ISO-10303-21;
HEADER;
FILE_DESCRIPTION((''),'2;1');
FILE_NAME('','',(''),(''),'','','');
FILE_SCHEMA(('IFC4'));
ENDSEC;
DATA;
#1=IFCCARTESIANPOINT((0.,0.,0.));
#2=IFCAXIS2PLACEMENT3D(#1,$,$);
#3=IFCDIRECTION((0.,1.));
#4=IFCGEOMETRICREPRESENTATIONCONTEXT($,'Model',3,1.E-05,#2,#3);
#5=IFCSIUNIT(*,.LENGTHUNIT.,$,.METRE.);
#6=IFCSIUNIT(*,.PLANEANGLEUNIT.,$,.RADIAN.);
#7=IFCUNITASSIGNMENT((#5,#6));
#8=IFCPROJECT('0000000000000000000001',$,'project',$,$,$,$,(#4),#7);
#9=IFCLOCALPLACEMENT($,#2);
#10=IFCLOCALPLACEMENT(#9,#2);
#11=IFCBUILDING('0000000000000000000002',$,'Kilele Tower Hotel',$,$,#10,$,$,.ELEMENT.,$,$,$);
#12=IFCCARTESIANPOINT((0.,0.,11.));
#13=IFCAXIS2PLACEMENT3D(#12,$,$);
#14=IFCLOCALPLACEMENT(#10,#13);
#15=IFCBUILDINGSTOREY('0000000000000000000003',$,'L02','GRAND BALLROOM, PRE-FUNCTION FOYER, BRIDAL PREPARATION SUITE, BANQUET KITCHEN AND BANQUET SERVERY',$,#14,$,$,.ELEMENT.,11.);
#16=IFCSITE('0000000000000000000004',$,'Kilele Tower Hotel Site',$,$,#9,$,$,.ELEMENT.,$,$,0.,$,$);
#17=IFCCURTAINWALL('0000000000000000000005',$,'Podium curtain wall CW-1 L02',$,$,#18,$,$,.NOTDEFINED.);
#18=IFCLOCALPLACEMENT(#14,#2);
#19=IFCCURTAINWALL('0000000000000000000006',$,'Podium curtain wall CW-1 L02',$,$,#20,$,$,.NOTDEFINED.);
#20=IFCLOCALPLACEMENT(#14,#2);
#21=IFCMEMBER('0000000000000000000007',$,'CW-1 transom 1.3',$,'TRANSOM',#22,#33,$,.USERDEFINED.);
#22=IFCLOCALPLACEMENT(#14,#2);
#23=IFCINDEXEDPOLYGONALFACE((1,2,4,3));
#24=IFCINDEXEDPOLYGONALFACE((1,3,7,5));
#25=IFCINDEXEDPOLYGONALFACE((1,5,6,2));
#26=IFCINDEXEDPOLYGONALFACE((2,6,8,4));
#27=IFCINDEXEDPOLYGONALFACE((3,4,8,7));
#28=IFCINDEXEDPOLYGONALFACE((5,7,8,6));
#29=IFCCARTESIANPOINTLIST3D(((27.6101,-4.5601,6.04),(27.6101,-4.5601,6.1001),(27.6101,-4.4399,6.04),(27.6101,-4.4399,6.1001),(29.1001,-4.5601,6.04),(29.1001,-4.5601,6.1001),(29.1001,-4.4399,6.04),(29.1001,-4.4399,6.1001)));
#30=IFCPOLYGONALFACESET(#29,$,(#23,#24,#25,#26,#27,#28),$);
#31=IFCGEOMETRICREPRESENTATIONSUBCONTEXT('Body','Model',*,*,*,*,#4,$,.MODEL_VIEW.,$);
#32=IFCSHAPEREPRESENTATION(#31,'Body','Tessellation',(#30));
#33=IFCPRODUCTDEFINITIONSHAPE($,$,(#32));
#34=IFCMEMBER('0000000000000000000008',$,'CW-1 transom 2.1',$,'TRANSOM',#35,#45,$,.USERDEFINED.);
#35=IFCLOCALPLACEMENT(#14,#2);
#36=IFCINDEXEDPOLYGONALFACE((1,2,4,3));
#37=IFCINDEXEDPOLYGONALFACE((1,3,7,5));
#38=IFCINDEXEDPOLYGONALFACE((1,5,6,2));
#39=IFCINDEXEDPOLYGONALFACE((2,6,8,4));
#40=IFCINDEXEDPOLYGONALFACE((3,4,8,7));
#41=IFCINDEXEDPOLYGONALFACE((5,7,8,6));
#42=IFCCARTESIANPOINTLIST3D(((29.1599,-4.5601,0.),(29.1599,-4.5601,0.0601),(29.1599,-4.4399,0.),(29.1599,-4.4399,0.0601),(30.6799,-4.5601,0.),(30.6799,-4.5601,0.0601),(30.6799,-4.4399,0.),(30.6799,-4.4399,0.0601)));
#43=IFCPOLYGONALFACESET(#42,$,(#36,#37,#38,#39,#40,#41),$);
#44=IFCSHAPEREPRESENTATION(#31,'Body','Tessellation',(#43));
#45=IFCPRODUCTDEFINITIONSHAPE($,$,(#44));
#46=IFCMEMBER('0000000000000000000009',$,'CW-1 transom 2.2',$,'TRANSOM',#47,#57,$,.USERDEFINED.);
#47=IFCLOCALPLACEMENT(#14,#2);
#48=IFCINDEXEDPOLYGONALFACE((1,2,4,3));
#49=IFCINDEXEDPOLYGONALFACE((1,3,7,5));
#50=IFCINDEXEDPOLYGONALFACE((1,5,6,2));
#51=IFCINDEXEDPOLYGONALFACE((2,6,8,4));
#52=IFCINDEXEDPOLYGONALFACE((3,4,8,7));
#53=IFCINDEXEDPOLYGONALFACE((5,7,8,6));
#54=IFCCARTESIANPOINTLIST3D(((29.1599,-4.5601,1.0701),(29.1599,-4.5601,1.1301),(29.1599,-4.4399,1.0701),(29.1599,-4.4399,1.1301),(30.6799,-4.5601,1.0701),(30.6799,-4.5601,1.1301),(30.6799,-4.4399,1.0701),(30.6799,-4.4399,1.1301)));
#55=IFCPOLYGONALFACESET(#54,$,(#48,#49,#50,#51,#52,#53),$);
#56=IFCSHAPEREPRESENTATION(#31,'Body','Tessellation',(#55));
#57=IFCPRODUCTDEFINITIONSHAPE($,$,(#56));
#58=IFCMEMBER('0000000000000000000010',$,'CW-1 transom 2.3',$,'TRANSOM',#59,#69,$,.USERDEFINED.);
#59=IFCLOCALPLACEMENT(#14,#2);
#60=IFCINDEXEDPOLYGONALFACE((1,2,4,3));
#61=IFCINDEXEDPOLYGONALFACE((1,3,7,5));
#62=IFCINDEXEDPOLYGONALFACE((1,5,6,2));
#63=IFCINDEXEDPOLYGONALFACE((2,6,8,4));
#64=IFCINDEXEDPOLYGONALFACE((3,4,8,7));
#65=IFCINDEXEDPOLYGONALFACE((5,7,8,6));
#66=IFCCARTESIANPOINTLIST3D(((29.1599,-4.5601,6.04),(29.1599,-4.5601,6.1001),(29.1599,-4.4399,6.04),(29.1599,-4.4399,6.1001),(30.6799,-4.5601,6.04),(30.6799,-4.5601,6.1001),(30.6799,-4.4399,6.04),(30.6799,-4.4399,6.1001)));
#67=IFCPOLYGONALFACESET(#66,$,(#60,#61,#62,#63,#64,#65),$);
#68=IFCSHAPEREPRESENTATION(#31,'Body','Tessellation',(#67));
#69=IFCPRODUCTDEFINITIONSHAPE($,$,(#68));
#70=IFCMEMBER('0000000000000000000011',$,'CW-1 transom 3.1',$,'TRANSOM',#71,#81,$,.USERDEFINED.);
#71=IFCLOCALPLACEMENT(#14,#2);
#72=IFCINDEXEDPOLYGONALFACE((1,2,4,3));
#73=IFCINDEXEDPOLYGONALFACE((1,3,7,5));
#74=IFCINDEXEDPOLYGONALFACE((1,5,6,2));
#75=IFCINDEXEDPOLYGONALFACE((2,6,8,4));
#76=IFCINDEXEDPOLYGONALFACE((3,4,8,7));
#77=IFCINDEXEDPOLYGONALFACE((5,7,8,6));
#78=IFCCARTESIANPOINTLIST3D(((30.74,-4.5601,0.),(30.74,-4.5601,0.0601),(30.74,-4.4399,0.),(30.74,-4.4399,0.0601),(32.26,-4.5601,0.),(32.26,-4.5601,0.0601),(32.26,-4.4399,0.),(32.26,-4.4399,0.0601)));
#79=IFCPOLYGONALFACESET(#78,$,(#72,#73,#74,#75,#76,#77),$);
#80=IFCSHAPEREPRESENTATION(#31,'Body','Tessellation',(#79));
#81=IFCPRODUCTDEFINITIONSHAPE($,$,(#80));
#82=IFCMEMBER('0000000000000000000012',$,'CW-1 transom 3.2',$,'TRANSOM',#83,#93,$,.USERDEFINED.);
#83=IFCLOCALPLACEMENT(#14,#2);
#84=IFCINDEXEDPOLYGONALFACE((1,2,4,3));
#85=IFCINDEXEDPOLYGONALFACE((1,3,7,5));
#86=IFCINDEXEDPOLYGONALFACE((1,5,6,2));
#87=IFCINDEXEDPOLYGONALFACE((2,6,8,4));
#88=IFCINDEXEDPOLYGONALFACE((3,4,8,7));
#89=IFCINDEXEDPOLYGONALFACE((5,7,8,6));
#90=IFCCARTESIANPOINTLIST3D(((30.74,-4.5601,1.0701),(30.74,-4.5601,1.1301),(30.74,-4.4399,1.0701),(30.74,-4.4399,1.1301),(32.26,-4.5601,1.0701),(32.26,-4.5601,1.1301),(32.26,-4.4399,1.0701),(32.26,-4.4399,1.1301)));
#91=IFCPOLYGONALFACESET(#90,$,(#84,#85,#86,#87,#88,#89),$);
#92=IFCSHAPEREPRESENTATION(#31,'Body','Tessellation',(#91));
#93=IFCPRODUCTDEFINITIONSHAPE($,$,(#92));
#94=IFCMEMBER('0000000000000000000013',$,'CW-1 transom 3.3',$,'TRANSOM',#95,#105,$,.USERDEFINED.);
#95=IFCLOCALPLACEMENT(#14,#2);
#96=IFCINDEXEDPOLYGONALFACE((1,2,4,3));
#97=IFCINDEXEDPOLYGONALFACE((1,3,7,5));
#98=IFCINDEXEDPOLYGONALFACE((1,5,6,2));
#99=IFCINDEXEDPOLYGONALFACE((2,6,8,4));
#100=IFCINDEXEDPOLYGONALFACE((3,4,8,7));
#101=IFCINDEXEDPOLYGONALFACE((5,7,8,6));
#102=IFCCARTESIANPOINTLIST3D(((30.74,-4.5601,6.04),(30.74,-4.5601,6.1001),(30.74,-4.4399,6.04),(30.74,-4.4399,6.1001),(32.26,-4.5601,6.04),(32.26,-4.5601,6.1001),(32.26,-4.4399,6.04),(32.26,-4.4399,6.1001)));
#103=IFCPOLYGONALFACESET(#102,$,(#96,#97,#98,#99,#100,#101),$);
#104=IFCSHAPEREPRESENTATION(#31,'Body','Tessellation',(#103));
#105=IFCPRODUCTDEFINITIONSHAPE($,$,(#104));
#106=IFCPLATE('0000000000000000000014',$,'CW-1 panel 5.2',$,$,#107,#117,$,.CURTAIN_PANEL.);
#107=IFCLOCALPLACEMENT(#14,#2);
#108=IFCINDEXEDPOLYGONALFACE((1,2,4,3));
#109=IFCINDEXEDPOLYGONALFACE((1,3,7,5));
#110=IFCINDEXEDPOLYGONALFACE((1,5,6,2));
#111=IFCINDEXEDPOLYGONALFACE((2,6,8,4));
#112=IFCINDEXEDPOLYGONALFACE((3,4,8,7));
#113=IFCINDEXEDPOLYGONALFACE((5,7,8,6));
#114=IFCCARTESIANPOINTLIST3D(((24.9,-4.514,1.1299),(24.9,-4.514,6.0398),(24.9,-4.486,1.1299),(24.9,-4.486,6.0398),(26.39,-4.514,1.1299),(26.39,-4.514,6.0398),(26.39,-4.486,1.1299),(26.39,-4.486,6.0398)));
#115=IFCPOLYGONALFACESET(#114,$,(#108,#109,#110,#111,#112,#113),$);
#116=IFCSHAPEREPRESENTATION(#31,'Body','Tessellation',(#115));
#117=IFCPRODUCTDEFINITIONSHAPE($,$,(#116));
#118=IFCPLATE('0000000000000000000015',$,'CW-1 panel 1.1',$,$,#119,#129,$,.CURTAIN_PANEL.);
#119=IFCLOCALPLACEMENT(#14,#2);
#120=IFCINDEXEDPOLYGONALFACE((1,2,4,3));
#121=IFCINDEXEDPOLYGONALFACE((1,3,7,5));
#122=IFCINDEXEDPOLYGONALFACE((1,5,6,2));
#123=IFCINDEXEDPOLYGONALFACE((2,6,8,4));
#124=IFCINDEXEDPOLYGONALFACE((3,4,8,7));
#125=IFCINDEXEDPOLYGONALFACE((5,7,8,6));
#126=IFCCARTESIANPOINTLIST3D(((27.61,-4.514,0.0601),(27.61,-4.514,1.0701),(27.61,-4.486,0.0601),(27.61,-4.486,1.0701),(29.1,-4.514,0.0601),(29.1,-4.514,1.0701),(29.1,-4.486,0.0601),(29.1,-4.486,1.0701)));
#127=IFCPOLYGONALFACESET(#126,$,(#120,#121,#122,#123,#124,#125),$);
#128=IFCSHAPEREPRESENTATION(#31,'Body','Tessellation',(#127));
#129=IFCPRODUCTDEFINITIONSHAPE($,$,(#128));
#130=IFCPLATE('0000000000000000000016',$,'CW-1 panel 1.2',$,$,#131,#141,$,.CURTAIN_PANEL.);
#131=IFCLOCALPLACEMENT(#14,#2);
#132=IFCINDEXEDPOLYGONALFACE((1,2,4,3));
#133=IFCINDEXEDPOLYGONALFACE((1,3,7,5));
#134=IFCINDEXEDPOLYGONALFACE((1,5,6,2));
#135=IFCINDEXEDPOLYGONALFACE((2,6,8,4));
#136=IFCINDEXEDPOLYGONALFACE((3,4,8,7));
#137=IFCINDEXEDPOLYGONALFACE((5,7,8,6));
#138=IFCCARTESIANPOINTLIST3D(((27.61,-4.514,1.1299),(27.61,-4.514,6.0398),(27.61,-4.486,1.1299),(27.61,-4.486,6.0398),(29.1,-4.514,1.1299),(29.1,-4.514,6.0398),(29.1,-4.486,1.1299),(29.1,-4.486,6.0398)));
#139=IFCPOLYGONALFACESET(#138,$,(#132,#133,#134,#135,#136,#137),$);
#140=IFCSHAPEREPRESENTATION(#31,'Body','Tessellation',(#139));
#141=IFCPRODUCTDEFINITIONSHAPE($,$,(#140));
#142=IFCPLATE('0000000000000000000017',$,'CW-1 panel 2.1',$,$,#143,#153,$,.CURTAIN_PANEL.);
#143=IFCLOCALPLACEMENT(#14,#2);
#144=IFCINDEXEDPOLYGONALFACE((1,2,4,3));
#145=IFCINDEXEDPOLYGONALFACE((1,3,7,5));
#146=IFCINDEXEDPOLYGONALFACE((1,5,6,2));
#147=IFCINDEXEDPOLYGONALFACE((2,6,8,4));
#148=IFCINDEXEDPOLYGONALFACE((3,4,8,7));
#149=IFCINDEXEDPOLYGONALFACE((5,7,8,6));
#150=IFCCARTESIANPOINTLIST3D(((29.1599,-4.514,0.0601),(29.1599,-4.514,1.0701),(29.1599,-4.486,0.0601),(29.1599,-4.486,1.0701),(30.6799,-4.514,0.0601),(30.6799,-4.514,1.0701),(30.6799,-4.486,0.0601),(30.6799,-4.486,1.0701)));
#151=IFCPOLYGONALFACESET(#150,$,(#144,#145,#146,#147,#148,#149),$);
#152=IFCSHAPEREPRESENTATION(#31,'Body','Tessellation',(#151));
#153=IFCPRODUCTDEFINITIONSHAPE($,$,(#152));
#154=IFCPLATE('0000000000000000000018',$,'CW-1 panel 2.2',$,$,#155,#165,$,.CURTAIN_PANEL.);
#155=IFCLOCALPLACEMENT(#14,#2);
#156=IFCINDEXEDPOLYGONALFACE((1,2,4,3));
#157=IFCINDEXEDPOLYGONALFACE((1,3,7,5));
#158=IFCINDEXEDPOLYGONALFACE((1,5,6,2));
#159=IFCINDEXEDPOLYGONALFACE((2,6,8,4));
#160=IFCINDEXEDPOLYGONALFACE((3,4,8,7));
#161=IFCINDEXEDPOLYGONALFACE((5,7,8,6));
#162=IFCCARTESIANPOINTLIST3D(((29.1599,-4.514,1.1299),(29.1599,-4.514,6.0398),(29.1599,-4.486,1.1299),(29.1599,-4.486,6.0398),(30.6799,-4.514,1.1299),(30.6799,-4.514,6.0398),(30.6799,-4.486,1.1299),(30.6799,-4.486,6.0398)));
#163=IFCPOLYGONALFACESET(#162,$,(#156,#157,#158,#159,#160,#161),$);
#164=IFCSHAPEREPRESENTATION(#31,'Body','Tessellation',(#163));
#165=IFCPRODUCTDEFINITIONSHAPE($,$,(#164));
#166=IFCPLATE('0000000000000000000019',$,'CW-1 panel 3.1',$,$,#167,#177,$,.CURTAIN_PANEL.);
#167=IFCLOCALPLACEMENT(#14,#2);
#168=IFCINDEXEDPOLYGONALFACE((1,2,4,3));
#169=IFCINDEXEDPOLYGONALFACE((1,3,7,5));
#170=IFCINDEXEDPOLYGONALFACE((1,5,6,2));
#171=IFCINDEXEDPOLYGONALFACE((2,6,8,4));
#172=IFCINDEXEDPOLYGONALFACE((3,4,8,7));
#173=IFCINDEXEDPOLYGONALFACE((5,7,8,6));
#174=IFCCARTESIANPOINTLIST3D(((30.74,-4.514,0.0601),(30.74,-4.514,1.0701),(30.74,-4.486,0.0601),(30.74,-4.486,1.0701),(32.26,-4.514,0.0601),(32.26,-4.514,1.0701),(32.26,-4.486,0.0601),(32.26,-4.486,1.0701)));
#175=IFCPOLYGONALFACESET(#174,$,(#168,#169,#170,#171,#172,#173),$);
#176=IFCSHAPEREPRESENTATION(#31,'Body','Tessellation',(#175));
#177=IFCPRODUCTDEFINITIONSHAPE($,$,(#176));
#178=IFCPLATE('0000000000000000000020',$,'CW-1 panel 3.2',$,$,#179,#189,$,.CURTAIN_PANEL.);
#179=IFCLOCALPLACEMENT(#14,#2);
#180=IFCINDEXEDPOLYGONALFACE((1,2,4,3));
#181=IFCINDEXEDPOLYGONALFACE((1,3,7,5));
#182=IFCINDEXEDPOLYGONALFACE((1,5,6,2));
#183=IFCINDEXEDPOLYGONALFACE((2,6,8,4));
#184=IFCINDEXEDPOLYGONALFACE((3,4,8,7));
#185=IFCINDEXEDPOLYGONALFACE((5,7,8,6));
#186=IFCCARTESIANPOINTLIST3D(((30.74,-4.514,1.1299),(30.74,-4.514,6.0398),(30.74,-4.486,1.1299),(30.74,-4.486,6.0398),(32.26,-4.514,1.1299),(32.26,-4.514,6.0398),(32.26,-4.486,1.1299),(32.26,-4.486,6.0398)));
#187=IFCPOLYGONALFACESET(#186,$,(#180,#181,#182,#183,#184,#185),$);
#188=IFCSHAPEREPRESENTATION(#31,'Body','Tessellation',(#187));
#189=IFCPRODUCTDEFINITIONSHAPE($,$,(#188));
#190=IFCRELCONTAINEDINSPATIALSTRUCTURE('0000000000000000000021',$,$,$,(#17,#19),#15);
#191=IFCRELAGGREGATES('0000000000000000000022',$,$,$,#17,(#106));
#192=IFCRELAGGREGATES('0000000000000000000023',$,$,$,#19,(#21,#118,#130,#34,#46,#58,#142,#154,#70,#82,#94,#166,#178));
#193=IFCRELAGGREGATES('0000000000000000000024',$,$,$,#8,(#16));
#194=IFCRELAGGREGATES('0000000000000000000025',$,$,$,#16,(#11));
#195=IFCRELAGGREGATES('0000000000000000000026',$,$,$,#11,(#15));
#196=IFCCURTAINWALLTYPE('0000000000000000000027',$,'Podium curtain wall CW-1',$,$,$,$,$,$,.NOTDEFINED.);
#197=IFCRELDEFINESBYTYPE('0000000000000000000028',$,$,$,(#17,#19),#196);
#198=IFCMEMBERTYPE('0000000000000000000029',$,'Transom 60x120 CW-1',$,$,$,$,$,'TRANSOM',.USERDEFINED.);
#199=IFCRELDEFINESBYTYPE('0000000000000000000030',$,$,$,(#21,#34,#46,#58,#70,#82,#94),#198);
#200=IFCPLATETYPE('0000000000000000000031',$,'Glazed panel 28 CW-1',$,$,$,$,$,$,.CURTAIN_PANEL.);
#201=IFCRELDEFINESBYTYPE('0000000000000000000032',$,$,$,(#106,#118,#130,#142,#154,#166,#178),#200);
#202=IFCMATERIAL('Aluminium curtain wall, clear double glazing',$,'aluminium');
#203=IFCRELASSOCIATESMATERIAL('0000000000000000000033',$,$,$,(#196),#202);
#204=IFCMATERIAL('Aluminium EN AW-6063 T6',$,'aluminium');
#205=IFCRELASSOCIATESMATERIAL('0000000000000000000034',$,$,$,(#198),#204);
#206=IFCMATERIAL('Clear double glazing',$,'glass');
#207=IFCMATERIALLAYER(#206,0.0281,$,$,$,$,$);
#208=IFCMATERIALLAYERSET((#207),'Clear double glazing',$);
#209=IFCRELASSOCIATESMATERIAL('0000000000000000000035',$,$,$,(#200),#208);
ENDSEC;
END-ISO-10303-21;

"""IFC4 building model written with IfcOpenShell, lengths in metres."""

from ifc_helpers import new_model, si_unit, direction, frame, origin, origin_2d, place, context, subcontext, project, spatial, rectangle, extrude, material, layer, layer_set, material_profile, profile_set, type_object, element, aggregate, save


model = new_model("IFC4")

# Units and contexts
model_context = context("Model", 3, precision=1e-05, world=origin(), true_north=direction((0.0, 1.0)))
body_context = subcontext(model_context, "Body", "Model", "MODEL_VIEW")
ifc_project = project(units=[si_unit("LENGTHUNIT", "METRE"), si_unit("PLANEANGLEUNIT", "RADIAN")], contexts=[model_context])

# Site, building, storey
site_placement = place(None, origin())
site = spatial("IfcSite", under=ifc_project, at=site_placement, Name="Kilele Tower Hotel Site", CompositionType="ELEMENT", RefElevation=0.0)
building_placement = place(site_placement, origin())
building = spatial("IfcBuilding", under=site, at=building_placement, Name="Kilele Tower Hotel", CompositionType="ELEMENT")
storey_placement = place(building_placement, frame((0.0, 0.0, 11.0)))
storey = spatial("IfcBuildingStorey", under=building, at=storey_placement, Name="L02", Description="GRAND BALLROOM, PRE-FUNCTION FOYER, BRIDAL PREPARATION SUITE, BANQUET KITCHEN AND BANQUET SERVERY", CompositionType="ELEMENT", Elevation=11.0)

# Curtain wall
ifc_material_1 = material(Name="Aluminium curtain wall, clear double glazing", Category="aluminium")
curtain_wall_type = type_object("IfcCurtainWallType", Name="Podium curtain wall CW-1", PredefinedType="NOTDEFINED", material=ifc_material_1)
curtain_wall_1_placement = place(storey_placement, origin())
curtain_wall_1 = element("IfcCurtainWall", 1, at=curtain_wall_1_placement, inside=storey, type_object=curtain_wall_type, Name="Podium curtain wall CW-1 L02", PredefinedType="NOTDEFINED")

# Curtain wall
curtain_wall_2_placement = place(storey_placement, origin())
curtain_wall_2 = element("IfcCurtainWall", 2, at=curtain_wall_2_placement, inside=storey, type_object=curtain_wall_type, Name="Podium curtain wall CW-1 L02", PredefinedType="NOTDEFINED")

# Members
ifc_material_2 = material(Name="Aluminium EN AW-6063 T6", Category="aluminium")
ifc_material_profile_1 = material_profile(ifc_material_2, rectangle(XDim=0.1201, YDim=0.0601, at=origin_2d()))
ifc_profile_set_1 = profile_set([ifc_material_profile_1], Name="Aluminium EN AW-6063 T6")
member_type_1 = type_object("IfcMemberType", Name="Transom 60x120 CW-1", ElementType="TRANSOM", PredefinedType="USERDEFINED", material=ifc_profile_set_1)
member_1_placement = place(storey_placement, frame((27.6101, -4.5, 6.0701), z_axis=(1.0, 0.0, 0.0), x_axis=(0.0, 1.0, 0.0)))
member_1 = element("IfcMember", 3, at=member_1_placement, type_object=member_type_1, Name="CW-1 transom 1.3", ObjectType="TRANSOM", PredefinedType="USERDEFINED", context=body_context, shape_type="SweptSolid", body=[
    extrude(rectangle(XDim=0.1201, YDim=0.0601, at=origin_2d()), origin(), (0.0, 0.0, 1.0), 1.49),
])
member_2_placement = place(storey_placement, frame((29.1599, -4.5, 0.03), z_axis=(1.0, 0.0, 0.0), x_axis=(0.0, 1.0, 0.0)))
member_2 = element("IfcMember", 4, at=member_2_placement, type_object=member_type_1, Name="CW-1 transom 2.1", ObjectType="TRANSOM", PredefinedType="USERDEFINED", context=body_context, shape_type="SweptSolid", body=[
    extrude(rectangle(XDim=0.1201, YDim=0.0601, at=origin_2d()), origin(), (0.0, 0.0, 1.0), 1.52),
])
member_3_placement = place(storey_placement, frame((29.1599, -4.5, 1.1001), z_axis=(1.0, 0.0, 0.0), x_axis=(0.0, 1.0, 0.0)))
member_3 = element("IfcMember", 5, at=member_3_placement, type_object=member_type_1, Name="CW-1 transom 2.2", ObjectType="TRANSOM", PredefinedType="USERDEFINED", context=body_context, shape_type="SweptSolid", body=[
    extrude(rectangle(XDim=0.1201, YDim=0.0601, at=origin_2d()), origin(), (0.0, 0.0, 1.0), 1.52),
])
member_4_placement = place(storey_placement, frame((29.1599, -4.5, 6.0701), z_axis=(1.0, 0.0, 0.0), x_axis=(0.0, 1.0, 0.0)))
member_4 = element("IfcMember", 6, at=member_4_placement, type_object=member_type_1, Name="CW-1 transom 2.3", ObjectType="TRANSOM", PredefinedType="USERDEFINED", context=body_context, shape_type="SweptSolid", body=[
    extrude(rectangle(XDim=0.1201, YDim=0.0601, at=origin_2d()), origin(), (0.0, 0.0, 1.0), 1.52),
])
member_5_placement = place(storey_placement, frame((30.74, -4.5, 0.03), z_axis=(1.0, 0.0, 0.0), x_axis=(0.0, 1.0, 0.0)))
member_5 = element("IfcMember", 7, at=member_5_placement, type_object=member_type_1, Name="CW-1 transom 3.1", ObjectType="TRANSOM", PredefinedType="USERDEFINED", context=body_context, shape_type="SweptSolid", body=[
    extrude(rectangle(XDim=0.1201, YDim=0.0601, at=origin_2d()), origin(), (0.0, 0.0, 1.0), 1.52),
])
member_6_placement = place(storey_placement, frame((30.74, -4.5, 1.1001), z_axis=(1.0, 0.0, 0.0), x_axis=(0.0, 1.0, 0.0)))
member_6 = element("IfcMember", 8, at=member_6_placement, type_object=member_type_1, Name="CW-1 transom 3.2", ObjectType="TRANSOM", PredefinedType="USERDEFINED", context=body_context, shape_type="SweptSolid", body=[
    extrude(rectangle(XDim=0.1201, YDim=0.0601, at=origin_2d()), origin(), (0.0, 0.0, 1.0), 1.52),
])
member_7_placement = place(storey_placement, frame((30.74, -4.5, 6.0701), z_axis=(1.0, 0.0, 0.0), x_axis=(0.0, 1.0, 0.0)))
member_7 = element("IfcMember", 9, at=member_7_placement, type_object=member_type_1, Name="CW-1 transom 3.3", ObjectType="TRANSOM", PredefinedType="USERDEFINED", context=body_context, shape_type="SweptSolid", body=[
    extrude(rectangle(XDim=0.1201, YDim=0.0601, at=origin_2d()), origin(), (0.0, 0.0, 1.0), 1.52),
])

# Plates
ifc_material_3 = material(Name="Clear double glazing", Category="glass")
ifc_layer_1 = layer(ifc_material_3, 0.0281)
ifc_layer_set_1 = layer_set([ifc_layer_1], Name="Clear double glazing")
plate_type = type_object("IfcPlateType", Name="Glazed panel 28 CW-1", PredefinedType="CURTAIN_PANEL", material=ifc_layer_set_1)
plate_1_placement = place(storey_placement, frame((25.645, -4.5, 1.1299), z_axis=(0.0, 0.0, 1.0), x_axis=(1.0, 0.0, 0.0)))
plate_1 = element("IfcPlate", 10, at=plate_1_placement, type_object=plate_type, Name="CW-1 panel 5.2", PredefinedType="CURTAIN_PANEL", context=body_context, shape_type="SweptSolid", body=[
    extrude(rectangle(XDim=1.49, YDim=0.0281, at=origin_2d()), origin(), (0.0, 0.0, 1.0), 4.9099),
])
aggregate(curtain_wall_1, [plate_1])
plate_2_placement = place(storey_placement, frame((28.355, -4.5, 0.0601), z_axis=(0.0, 0.0, 1.0), x_axis=(1.0, 0.0, 0.0)))
plate_2 = element("IfcPlate", 11, at=plate_2_placement, type_object=plate_type, Name="CW-1 panel 1.1", PredefinedType="CURTAIN_PANEL", context=body_context, shape_type="SweptSolid", body=[
    extrude(rectangle(XDim=1.49, YDim=0.0281, at=origin_2d()), origin(), (0.0, 0.0, 1.0), 1.01),
])
plate_3_placement = place(storey_placement, frame((28.355, -4.5, 1.1299), z_axis=(0.0, 0.0, 1.0), x_axis=(1.0, 0.0, 0.0)))
plate_3 = element("IfcPlate", 12, at=plate_3_placement, type_object=plate_type, Name="CW-1 panel 1.2", PredefinedType="CURTAIN_PANEL", context=body_context, shape_type="SweptSolid", body=[
    extrude(rectangle(XDim=1.49, YDim=0.0281, at=origin_2d()), origin(), (0.0, 0.0, 1.0), 4.9099),
])
plate_4_placement = place(storey_placement, frame((29.9199, -4.5, 0.0601), z_axis=(0.0, 0.0, 1.0), x_axis=(1.0, 0.0, 0.0)))
plate_4 = element("IfcPlate", 13, at=plate_4_placement, type_object=plate_type, Name="CW-1 panel 2.1", PredefinedType="CURTAIN_PANEL", context=body_context, shape_type="SweptSolid", body=[
    extrude(rectangle(XDim=1.52, YDim=0.0281, at=origin_2d()), origin(), (0.0, 0.0, 1.0), 1.01),
])
plate_5_placement = place(storey_placement, frame((29.9199, -4.5, 1.1299), z_axis=(0.0, 0.0, 1.0), x_axis=(1.0, 0.0, 0.0)))
plate_5 = element("IfcPlate", 14, at=plate_5_placement, type_object=plate_type, Name="CW-1 panel 2.2", PredefinedType="CURTAIN_PANEL", context=body_context, shape_type="SweptSolid", body=[
    extrude(rectangle(XDim=1.52, YDim=0.0281, at=origin_2d()), origin(), (0.0, 0.0, 1.0), 4.9099),
])
plate_6_placement = place(storey_placement, frame((31.5, -4.5, 0.0601), z_axis=(0.0, 0.0, 1.0), x_axis=(1.0, 0.0, 0.0)))
plate_6 = element("IfcPlate", 15, at=plate_6_placement, type_object=plate_type, Name="CW-1 panel 3.1", PredefinedType="CURTAIN_PANEL", context=body_context, shape_type="SweptSolid", body=[
    extrude(rectangle(XDim=1.52, YDim=0.0281, at=origin_2d()), origin(), (0.0, 0.0, 1.0), 1.01),
])
plate_7_placement = place(storey_placement, frame((31.5, -4.5, 1.1299), z_axis=(0.0, 0.0, 1.0), x_axis=(1.0, 0.0, 0.0)))
plate_7 = element("IfcPlate", 16, at=plate_7_placement, type_object=plate_type, Name="CW-1 panel 3.2", PredefinedType="CURTAIN_PANEL", context=body_context, shape_type="SweptSolid", body=[
    extrude(rectangle(XDim=1.52, YDim=0.0281, at=origin_2d()), origin(), (0.0, 0.0, 1.0), 4.9099),
])
aggregate(curtain_wall_2, [member_1, plate_2, plate_3, member_2, member_3, member_4, plate_4, plate_5, member_5, member_6, member_7, plate_6, plate_7])

save(model, "model.ifc")
